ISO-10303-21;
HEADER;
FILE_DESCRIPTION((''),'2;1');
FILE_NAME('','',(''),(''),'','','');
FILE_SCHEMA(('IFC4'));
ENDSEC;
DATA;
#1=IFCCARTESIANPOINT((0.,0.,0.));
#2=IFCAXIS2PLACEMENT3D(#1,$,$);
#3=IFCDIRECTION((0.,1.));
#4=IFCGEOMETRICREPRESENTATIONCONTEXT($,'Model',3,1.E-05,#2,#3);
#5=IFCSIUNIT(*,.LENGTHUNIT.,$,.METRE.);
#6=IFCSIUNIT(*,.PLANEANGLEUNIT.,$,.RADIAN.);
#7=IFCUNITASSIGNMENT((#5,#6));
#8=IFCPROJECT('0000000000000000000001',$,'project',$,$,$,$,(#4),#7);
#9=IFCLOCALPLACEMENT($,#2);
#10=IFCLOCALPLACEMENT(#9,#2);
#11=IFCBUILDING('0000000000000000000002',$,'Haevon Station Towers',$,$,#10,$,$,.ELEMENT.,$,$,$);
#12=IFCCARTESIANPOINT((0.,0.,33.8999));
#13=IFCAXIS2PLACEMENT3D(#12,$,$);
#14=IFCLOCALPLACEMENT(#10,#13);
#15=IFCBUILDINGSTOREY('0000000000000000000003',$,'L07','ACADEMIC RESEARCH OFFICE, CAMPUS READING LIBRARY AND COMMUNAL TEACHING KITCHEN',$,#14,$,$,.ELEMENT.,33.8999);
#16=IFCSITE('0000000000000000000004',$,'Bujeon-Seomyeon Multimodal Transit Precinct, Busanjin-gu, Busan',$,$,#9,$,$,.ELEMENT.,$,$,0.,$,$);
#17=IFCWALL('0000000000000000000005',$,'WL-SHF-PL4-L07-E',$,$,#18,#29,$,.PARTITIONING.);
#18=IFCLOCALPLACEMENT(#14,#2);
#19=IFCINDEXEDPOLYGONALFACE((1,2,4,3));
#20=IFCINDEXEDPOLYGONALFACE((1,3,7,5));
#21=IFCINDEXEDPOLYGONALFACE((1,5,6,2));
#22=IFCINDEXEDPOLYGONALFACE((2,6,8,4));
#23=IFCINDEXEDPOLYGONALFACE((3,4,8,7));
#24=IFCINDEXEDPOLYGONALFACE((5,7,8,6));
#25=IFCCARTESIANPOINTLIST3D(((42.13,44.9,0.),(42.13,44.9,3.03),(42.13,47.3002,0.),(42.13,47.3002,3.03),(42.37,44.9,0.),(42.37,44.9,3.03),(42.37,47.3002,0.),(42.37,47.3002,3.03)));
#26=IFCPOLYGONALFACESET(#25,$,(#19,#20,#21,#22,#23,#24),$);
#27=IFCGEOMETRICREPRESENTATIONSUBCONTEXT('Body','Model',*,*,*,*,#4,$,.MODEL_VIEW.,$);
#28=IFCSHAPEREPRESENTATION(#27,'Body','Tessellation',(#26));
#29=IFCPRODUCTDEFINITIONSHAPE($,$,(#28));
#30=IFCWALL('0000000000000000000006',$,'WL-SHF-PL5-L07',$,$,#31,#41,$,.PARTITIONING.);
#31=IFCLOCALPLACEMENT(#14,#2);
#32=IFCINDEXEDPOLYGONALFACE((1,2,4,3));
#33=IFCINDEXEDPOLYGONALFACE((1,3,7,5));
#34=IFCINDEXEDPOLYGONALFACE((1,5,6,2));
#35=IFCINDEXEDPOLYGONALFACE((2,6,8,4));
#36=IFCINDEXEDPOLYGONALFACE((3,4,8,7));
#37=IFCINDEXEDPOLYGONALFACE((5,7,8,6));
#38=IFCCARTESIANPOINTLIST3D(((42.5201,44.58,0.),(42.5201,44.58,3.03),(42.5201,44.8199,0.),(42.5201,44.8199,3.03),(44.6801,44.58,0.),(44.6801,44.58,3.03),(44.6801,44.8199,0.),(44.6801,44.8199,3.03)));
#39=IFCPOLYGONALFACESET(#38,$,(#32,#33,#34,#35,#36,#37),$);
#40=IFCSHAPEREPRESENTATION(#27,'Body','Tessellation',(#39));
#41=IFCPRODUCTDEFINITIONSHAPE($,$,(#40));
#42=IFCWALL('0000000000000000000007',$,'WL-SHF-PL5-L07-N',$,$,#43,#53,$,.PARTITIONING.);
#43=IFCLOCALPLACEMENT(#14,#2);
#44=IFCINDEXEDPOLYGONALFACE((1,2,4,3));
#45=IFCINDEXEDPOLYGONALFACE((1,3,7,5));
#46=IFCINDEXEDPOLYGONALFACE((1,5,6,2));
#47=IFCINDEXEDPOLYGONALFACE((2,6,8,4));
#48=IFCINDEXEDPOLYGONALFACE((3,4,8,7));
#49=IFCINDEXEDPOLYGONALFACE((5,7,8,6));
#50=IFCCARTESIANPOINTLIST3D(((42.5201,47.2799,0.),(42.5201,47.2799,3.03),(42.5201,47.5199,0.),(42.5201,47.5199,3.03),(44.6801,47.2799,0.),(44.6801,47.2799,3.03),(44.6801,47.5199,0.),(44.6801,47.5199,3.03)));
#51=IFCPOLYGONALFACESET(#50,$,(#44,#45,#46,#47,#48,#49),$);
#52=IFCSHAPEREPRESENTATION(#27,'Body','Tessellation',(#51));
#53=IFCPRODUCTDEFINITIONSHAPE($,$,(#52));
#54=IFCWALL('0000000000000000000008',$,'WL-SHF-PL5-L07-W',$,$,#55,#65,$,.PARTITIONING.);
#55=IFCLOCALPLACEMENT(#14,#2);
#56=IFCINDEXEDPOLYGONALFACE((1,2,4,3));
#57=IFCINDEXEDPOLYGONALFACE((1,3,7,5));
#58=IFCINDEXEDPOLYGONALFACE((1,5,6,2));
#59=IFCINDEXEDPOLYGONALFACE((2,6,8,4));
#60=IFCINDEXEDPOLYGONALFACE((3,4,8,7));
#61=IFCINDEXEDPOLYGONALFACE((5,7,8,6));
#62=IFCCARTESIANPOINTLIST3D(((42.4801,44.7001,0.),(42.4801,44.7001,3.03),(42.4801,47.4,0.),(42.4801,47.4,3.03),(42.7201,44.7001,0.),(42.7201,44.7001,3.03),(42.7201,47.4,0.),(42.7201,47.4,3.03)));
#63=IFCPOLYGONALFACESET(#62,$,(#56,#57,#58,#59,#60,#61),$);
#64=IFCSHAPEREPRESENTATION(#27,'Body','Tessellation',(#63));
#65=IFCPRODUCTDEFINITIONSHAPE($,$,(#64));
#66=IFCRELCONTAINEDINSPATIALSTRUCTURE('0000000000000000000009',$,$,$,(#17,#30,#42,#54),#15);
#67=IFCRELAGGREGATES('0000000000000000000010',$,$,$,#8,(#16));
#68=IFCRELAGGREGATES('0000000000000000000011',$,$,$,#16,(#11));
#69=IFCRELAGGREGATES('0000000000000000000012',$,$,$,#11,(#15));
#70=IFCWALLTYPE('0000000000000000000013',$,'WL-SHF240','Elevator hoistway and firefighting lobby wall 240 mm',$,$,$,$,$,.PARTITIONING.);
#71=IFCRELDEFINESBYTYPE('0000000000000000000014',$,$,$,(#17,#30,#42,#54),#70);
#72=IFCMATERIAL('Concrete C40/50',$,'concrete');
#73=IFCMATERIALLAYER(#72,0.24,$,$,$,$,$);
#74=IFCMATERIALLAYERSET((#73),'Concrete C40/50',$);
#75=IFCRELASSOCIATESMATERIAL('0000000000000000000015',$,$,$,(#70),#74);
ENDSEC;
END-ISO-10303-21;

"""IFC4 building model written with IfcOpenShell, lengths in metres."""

from ifc_helpers import new_model, si_unit, direction, frame, frame_2d, origin, place, context, subcontext, project, spatial, rectangle, extrude, material, layer, layer_set, type_object, element, save


model = new_model("IFC4")

# Units and contexts
model_context = context("Model", 3, precision=1e-05, world=origin(), true_north=direction((0.0, 1.0)))
body_context = subcontext(model_context, "Body", "Model", "MODEL_VIEW")
ifc_project = project(units=[si_unit("LENGTHUNIT", "METRE"), si_unit("PLANEANGLEUNIT", "RADIAN")], contexts=[model_context])

# Site, building, storey
site_placement = place(None, origin())
site = spatial("IfcSite", under=ifc_project, at=site_placement, Name="Bujeon-Seomyeon Multimodal Transit Precinct, Busanjin-gu, Busan", CompositionType="ELEMENT", RefElevation=0.0)
building_placement = place(site_placement, origin())
building = spatial("IfcBuilding", under=site, at=building_placement, Name="Haevon Station Towers", CompositionType="ELEMENT")
storey_placement = place(building_placement, frame((0.0, 0.0, 33.8999)))
storey = spatial("IfcBuildingStorey", under=building, at=storey_placement, Name="L07", Description="ACADEMIC RESEARCH OFFICE, CAMPUS READING LIBRARY AND COMMUNAL TEACHING KITCHEN", CompositionType="ELEMENT", Elevation=33.8999)

# Shared definitions
ifc_material_1 = material(Name="Concrete C40/50", Category="concrete")
ifc_layer_1 = layer(ifc_material_1, 0.24)
ifc_layer_set_1 = layer_set([ifc_layer_1], Name="Concrete C40/50")
wall_type_1 = type_object("IfcWallType", Name="WL-SHF240", Description="Elevator hoistway and firefighting lobby wall 240 mm", PredefinedType="PARTITIONING", material=ifc_layer_set_1)

# Walls
wall_1_placement = place(storey_placement, frame((42.25, 44.8999, 0.0), z_axis=(0.0, 0.0, 1.0), x_axis=(0.0, 1.0, 0.0)))
element("IfcWall", 1, at=wall_1_placement, inside=storey, type_object=wall_type_1, Name="WL-SHF-PL4-L07-E", PredefinedType="PARTITIONING", context=body_context, shape_type="SweptSolid", body=[
    extrude(rectangle(XDim=2.4001, YDim=0.24, at=frame_2d((1.2002, 0.0))), origin(), (0.0, 0.0, 1.0), 3.03),
])
for number, where, z_axis, x_axis, name in (
    (2, (42.52, 44.7, 0.0), (0.0, 0.0, 1.0), (1.0, 0.0, 0.0), "WL-SHF-PL5-L07"),
    (3, (42.52, 47.3999, 0.0), (0.0, 0.0, 1.0), (1.0, 0.0, 0.0), "WL-SHF-PL5-L07-N"),
):
    element("IfcWall", number, at=place(storey_placement, frame(where, z_axis=z_axis, x_axis=x_axis)), inside=storey, type_object=wall_type_1, Name=name, PredefinedType="PARTITIONING", context=body_context, shape_type="SweptSolid", body=[
        extrude(rectangle(XDim=2.1599, YDim=0.24, at=frame_2d((1.0801, 0.0))), origin(), (0.0, 0.0, 1.0), 3.03),
    ])
wall_2_placement = place(storey_placement, frame((42.6001, 44.7, 0.0), z_axis=(0.0, 0.0, 1.0), x_axis=(0.0, 1.0, 0.0)))
element("IfcWall", 4, at=wall_2_placement, inside=storey, type_object=wall_type_1, Name="WL-SHF-PL5-L07-W", PredefinedType="PARTITIONING", context=body_context, shape_type="SweptSolid", body=[
    extrude(rectangle(XDim=2.7, YDim=0.24, at=frame_2d((1.3501, 0.0))), origin(), (0.0, 0.0, 1.0), 3.03),
])

save(model, "model.ifc")
